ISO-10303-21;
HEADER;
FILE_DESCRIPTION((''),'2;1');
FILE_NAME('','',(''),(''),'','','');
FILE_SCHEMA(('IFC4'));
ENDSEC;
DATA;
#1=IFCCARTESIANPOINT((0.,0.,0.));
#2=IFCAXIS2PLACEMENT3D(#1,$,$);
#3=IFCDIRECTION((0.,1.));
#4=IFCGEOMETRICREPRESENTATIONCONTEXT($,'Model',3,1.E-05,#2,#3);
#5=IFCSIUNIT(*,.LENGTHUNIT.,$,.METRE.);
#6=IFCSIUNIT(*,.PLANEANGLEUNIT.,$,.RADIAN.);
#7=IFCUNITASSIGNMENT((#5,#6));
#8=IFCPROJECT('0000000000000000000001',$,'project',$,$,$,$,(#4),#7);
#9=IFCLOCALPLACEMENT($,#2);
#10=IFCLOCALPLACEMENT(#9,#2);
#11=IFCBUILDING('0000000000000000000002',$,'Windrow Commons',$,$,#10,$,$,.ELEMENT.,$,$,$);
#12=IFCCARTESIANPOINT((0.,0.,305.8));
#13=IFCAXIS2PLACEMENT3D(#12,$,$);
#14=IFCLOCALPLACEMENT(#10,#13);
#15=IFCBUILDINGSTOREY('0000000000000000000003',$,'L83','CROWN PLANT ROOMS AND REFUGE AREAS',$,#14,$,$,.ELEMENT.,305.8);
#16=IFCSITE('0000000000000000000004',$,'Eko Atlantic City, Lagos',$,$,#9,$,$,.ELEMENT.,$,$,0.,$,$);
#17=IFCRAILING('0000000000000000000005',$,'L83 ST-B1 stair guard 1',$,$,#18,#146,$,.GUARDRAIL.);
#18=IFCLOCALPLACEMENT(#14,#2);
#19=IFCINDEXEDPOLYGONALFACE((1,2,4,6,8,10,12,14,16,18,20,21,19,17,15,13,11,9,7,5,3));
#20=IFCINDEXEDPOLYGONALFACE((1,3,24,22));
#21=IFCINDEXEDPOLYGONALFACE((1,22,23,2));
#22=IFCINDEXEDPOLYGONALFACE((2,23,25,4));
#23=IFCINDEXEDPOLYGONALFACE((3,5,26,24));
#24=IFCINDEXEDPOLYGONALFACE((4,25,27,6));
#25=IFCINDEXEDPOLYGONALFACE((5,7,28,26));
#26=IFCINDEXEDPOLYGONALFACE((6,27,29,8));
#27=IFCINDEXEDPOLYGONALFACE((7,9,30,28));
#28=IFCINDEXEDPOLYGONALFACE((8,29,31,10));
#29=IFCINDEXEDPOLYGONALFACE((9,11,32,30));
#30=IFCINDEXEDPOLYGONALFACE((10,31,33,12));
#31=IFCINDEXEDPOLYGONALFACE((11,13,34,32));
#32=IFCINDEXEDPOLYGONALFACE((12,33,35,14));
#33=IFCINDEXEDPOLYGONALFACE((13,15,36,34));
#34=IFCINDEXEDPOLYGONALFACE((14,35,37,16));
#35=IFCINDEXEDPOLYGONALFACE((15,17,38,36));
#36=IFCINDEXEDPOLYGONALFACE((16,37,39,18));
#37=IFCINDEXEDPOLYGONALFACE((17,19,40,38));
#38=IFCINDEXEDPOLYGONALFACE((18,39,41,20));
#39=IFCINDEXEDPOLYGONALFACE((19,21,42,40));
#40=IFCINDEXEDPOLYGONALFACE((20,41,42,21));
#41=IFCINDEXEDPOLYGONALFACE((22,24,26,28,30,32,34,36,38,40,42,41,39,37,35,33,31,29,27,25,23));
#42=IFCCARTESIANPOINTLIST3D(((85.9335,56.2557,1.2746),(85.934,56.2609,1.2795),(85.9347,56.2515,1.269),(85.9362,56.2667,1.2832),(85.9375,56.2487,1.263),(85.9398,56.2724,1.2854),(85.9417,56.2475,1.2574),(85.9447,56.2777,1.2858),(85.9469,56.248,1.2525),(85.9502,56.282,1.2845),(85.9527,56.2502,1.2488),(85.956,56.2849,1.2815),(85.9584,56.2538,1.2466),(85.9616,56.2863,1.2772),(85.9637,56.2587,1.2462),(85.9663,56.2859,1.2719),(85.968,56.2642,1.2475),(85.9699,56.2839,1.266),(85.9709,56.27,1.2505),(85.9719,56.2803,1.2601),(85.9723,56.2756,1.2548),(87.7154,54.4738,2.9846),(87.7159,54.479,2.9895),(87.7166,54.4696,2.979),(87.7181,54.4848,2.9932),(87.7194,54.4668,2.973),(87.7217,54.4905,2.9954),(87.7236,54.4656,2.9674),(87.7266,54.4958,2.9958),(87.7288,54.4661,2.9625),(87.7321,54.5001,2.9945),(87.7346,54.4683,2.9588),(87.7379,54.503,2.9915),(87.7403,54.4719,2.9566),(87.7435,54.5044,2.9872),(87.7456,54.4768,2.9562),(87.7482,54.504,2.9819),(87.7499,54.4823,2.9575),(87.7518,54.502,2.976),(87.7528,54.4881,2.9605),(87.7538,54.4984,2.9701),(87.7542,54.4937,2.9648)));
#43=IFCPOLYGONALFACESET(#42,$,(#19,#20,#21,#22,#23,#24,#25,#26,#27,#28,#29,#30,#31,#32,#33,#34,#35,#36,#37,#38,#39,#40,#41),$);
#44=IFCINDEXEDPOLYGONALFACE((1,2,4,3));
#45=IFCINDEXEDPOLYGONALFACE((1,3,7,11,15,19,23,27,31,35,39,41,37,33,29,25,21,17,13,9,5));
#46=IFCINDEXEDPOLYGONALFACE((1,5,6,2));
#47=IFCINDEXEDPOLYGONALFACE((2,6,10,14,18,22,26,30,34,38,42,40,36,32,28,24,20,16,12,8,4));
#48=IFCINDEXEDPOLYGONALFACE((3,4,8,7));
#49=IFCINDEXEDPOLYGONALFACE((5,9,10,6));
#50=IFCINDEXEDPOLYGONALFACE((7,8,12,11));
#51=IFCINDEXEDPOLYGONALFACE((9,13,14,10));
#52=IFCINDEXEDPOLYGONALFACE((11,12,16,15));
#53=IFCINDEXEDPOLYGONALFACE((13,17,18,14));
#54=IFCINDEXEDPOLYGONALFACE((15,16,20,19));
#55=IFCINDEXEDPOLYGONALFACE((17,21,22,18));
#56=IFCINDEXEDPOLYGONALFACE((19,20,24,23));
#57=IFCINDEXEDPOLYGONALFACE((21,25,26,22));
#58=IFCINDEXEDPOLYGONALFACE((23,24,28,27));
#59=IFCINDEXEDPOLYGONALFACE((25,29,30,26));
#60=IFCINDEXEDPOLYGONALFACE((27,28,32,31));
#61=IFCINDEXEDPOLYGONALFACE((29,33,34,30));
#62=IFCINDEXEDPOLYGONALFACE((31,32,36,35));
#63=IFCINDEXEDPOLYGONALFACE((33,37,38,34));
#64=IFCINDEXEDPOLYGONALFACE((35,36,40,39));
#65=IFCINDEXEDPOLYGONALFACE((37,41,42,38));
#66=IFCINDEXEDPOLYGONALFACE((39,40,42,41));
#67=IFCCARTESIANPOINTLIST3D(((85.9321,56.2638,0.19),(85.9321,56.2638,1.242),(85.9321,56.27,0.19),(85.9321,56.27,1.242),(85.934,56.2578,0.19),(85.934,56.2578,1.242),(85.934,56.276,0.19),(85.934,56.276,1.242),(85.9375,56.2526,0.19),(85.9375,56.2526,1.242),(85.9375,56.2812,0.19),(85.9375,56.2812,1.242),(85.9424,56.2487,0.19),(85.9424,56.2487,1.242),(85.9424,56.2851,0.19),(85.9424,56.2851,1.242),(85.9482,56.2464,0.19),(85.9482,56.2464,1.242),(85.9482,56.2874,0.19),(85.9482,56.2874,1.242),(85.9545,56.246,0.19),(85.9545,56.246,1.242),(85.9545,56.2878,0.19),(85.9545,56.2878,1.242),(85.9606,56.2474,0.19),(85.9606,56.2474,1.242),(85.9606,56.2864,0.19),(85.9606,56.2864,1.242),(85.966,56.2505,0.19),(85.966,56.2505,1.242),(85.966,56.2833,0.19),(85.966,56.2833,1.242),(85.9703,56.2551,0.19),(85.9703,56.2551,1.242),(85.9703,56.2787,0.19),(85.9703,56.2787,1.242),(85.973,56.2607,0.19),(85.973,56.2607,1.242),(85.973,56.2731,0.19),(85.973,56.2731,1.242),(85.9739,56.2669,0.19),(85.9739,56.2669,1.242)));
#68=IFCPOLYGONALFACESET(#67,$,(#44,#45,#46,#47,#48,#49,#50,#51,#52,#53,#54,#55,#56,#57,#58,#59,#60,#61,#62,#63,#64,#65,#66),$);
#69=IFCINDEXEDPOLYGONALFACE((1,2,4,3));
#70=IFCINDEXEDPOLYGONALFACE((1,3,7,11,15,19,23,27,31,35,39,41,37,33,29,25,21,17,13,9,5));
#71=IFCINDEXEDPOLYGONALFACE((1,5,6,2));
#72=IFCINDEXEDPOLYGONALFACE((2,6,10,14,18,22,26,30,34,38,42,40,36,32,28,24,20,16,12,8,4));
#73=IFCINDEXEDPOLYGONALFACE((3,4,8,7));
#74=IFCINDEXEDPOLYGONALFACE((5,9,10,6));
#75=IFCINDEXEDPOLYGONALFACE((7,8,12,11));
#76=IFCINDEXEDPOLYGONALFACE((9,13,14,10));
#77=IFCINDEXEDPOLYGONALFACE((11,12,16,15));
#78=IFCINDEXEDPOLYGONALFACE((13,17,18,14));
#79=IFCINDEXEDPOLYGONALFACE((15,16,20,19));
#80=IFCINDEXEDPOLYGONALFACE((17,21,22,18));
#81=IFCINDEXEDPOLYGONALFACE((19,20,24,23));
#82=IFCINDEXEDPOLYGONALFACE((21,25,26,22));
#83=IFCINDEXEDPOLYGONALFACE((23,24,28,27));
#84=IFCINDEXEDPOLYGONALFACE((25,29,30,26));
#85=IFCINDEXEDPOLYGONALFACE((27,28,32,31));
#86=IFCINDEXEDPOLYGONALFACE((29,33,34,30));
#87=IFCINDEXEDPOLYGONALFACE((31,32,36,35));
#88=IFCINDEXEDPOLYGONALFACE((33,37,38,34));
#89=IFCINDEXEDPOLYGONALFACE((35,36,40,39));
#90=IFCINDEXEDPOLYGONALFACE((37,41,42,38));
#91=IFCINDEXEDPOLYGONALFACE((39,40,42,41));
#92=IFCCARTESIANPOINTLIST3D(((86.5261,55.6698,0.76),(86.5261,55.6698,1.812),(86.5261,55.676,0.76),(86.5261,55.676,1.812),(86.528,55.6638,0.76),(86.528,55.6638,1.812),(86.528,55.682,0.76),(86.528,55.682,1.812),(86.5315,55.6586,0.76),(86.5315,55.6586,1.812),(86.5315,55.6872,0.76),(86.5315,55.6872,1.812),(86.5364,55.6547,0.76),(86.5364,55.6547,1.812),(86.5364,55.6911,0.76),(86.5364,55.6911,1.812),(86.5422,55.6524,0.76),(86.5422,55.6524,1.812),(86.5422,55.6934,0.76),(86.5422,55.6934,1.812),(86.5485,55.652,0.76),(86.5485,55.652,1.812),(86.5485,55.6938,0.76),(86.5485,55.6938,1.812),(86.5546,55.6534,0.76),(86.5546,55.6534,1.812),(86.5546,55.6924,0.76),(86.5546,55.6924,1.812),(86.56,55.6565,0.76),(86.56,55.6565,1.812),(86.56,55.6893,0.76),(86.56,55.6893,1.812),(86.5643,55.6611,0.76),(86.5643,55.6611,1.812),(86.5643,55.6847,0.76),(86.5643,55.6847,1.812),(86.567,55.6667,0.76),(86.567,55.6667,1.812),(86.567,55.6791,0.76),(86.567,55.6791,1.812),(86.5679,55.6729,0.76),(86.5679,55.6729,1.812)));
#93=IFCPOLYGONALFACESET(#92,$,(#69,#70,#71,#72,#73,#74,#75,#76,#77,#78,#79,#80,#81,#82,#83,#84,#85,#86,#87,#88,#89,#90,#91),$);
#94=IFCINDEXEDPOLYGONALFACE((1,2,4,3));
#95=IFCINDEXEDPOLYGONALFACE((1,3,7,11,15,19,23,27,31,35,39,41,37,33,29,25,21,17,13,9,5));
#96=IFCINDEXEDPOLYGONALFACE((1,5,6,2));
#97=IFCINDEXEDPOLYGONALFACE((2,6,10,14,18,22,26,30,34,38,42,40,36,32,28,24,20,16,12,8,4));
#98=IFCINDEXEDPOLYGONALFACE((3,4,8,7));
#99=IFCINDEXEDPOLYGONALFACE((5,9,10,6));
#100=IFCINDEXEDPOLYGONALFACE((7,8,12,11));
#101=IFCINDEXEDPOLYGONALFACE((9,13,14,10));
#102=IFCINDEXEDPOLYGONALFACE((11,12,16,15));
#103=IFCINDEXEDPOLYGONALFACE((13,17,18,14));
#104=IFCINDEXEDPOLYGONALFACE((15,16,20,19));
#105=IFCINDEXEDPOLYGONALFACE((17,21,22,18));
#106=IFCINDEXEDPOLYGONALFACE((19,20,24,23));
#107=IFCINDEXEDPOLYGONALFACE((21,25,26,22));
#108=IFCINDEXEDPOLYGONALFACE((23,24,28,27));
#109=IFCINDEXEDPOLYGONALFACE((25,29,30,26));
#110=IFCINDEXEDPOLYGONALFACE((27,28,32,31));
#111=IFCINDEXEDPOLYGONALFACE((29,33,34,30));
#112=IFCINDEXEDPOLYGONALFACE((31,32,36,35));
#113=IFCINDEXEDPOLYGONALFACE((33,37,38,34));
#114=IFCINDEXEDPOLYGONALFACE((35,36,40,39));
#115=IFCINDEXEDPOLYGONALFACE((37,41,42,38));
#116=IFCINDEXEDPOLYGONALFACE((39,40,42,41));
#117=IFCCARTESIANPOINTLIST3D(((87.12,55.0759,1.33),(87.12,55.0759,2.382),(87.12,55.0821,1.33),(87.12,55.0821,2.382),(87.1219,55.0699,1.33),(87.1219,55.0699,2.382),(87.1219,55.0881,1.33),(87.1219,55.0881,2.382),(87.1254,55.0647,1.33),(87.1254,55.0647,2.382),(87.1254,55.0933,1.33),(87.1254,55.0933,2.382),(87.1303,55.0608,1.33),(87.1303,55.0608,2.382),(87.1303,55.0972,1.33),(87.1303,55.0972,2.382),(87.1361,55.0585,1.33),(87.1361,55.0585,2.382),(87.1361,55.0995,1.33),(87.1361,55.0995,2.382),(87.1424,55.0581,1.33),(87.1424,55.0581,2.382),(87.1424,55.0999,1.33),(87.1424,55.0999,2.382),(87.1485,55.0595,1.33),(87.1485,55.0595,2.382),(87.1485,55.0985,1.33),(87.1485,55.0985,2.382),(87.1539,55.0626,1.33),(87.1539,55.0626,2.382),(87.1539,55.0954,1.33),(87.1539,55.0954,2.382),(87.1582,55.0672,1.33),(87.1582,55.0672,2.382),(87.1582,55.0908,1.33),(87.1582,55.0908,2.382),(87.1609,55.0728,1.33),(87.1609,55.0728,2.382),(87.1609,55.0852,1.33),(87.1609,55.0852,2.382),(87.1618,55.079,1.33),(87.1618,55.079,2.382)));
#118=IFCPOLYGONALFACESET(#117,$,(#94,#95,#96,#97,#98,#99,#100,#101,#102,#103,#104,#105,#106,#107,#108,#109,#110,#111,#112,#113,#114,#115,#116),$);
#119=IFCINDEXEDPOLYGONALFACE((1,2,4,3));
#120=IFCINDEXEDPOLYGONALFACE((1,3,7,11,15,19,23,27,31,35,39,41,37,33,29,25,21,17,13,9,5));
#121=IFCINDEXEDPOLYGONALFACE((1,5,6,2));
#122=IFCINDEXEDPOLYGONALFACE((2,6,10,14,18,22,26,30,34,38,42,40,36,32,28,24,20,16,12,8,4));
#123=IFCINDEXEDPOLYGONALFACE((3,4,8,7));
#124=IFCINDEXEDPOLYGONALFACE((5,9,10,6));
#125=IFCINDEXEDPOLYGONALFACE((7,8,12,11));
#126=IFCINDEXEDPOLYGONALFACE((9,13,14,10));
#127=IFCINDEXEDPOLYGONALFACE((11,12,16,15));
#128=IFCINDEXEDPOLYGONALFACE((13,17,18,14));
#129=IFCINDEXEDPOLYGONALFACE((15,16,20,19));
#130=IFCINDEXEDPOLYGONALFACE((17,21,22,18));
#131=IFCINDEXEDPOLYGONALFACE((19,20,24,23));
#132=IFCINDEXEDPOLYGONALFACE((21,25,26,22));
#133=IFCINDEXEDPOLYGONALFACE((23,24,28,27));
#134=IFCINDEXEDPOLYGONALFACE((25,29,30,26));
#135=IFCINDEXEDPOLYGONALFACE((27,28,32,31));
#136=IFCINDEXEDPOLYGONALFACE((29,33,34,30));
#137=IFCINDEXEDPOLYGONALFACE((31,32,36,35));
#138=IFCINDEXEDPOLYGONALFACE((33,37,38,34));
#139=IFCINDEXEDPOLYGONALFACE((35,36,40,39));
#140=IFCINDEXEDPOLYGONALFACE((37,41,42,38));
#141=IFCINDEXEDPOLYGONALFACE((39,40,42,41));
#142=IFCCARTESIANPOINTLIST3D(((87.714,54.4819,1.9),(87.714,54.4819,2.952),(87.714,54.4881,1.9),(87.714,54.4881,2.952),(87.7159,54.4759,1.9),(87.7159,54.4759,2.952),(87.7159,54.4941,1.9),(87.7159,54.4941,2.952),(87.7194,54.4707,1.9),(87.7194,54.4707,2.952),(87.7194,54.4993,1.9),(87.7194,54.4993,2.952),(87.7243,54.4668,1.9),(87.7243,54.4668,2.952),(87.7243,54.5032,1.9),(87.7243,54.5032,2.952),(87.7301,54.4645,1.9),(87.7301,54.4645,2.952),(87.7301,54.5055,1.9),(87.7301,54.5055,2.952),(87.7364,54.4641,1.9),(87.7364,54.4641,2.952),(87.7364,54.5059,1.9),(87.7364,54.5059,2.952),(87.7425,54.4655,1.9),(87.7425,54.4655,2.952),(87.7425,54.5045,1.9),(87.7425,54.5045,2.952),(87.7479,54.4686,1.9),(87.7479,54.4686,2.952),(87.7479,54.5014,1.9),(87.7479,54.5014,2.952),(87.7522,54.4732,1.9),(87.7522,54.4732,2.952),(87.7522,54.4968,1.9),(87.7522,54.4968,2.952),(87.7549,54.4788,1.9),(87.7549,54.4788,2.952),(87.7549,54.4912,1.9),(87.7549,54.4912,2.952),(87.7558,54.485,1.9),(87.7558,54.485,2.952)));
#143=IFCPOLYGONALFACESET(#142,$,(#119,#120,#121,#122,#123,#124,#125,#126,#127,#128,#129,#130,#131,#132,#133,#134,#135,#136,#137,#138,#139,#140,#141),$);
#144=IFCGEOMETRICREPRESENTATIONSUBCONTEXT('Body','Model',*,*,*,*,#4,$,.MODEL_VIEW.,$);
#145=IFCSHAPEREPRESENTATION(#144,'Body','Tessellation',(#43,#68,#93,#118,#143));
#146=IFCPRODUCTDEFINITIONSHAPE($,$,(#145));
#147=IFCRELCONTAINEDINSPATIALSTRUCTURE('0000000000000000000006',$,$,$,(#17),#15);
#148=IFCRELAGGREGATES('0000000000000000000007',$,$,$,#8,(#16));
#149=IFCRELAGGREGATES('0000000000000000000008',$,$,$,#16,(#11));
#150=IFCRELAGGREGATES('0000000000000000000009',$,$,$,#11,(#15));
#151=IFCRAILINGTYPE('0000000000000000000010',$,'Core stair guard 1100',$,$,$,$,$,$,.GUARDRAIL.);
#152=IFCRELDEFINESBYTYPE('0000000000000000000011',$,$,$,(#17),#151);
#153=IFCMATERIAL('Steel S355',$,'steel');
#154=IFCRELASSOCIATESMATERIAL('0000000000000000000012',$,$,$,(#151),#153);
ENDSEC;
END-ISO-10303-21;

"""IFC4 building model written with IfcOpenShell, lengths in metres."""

from ifc_helpers import new_model, si_unit, direction, frame, origin, origin_2d, place, context, subcontext, project, spatial, circle, extrude, material, type_object, element, save


model = new_model("IFC4")

# Units and contexts
model_context = context("Model", 3, precision=1e-05, world=origin(), true_north=direction((0.0, 1.0)))
body_context = subcontext(model_context, "Body", "Model", "MODEL_VIEW")
ifc_project = project(units=[si_unit("LENGTHUNIT", "METRE"), si_unit("PLANEANGLEUNIT", "RADIAN")], contexts=[model_context])

# Site, building, storey
site_placement = place(None, origin())
site = spatial("IfcSite", under=ifc_project, at=site_placement, Name="Eko Atlantic City, Lagos", CompositionType="ELEMENT", RefElevation=0.0)
building_placement = place(site_placement, origin())
building = spatial("IfcBuilding", under=site, at=building_placement, Name="Windrow Commons", CompositionType="ELEMENT")
storey_placement = place(building_placement, frame((0.0, 0.0, 305.8)))
storey = spatial("IfcBuildingStorey", under=building, at=storey_placement, Name="L83", Description="CROWN PLANT ROOMS AND REFUGE AREAS", CompositionType="ELEMENT", Elevation=305.8)

# Railing
ifc_material_1 = material(Name="Steel S355", Category="steel")
railing_type_1 = type_object("IfcRailingType", Name="Core stair guard 1100", PredefinedType="GUARDRAIL", material=ifc_material_1)
railing_1_placement = place(storey_placement, frame((85.9529, 56.2669, 0.19)))
element("IfcRailing", 1, at=railing_1_placement, inside=storey, type_object=railing_type_1, Name="L83 ST-B1 stair guard 1", PredefinedType="GUARDRAIL", context=body_context, shape_type="SweptSolid", body=[
    extrude(circle(Radius=0.024, at=origin_2d()), frame((0.0, 0.0, 1.076), z_axis=(0.585113, -0.585113, 0.561503), x_axis=(0.707107, 0.707107, 0.0)), (0.0, 0.0, 1.0), 3.0454),
    extrude(circle(Radius=0.021, at=origin_2d()), origin(), (0.0, 0.0, 1.0), 1.052),
    extrude(circle(Radius=0.021, at=origin_2d()), frame((0.594, -0.594, 0.57)), (0.0, 0.0, 1.0), 1.052),
    extrude(circle(Radius=0.021, at=origin_2d()), frame((1.1879, -1.1879, 1.14)), (0.0, 0.0, 1.0), 1.052),
    extrude(circle(Radius=0.021, at=origin_2d()), frame((1.7819, -1.7819, 1.71)), (0.0, 0.0, 1.0), 1.052),
])

save(model, "model.ifc")
